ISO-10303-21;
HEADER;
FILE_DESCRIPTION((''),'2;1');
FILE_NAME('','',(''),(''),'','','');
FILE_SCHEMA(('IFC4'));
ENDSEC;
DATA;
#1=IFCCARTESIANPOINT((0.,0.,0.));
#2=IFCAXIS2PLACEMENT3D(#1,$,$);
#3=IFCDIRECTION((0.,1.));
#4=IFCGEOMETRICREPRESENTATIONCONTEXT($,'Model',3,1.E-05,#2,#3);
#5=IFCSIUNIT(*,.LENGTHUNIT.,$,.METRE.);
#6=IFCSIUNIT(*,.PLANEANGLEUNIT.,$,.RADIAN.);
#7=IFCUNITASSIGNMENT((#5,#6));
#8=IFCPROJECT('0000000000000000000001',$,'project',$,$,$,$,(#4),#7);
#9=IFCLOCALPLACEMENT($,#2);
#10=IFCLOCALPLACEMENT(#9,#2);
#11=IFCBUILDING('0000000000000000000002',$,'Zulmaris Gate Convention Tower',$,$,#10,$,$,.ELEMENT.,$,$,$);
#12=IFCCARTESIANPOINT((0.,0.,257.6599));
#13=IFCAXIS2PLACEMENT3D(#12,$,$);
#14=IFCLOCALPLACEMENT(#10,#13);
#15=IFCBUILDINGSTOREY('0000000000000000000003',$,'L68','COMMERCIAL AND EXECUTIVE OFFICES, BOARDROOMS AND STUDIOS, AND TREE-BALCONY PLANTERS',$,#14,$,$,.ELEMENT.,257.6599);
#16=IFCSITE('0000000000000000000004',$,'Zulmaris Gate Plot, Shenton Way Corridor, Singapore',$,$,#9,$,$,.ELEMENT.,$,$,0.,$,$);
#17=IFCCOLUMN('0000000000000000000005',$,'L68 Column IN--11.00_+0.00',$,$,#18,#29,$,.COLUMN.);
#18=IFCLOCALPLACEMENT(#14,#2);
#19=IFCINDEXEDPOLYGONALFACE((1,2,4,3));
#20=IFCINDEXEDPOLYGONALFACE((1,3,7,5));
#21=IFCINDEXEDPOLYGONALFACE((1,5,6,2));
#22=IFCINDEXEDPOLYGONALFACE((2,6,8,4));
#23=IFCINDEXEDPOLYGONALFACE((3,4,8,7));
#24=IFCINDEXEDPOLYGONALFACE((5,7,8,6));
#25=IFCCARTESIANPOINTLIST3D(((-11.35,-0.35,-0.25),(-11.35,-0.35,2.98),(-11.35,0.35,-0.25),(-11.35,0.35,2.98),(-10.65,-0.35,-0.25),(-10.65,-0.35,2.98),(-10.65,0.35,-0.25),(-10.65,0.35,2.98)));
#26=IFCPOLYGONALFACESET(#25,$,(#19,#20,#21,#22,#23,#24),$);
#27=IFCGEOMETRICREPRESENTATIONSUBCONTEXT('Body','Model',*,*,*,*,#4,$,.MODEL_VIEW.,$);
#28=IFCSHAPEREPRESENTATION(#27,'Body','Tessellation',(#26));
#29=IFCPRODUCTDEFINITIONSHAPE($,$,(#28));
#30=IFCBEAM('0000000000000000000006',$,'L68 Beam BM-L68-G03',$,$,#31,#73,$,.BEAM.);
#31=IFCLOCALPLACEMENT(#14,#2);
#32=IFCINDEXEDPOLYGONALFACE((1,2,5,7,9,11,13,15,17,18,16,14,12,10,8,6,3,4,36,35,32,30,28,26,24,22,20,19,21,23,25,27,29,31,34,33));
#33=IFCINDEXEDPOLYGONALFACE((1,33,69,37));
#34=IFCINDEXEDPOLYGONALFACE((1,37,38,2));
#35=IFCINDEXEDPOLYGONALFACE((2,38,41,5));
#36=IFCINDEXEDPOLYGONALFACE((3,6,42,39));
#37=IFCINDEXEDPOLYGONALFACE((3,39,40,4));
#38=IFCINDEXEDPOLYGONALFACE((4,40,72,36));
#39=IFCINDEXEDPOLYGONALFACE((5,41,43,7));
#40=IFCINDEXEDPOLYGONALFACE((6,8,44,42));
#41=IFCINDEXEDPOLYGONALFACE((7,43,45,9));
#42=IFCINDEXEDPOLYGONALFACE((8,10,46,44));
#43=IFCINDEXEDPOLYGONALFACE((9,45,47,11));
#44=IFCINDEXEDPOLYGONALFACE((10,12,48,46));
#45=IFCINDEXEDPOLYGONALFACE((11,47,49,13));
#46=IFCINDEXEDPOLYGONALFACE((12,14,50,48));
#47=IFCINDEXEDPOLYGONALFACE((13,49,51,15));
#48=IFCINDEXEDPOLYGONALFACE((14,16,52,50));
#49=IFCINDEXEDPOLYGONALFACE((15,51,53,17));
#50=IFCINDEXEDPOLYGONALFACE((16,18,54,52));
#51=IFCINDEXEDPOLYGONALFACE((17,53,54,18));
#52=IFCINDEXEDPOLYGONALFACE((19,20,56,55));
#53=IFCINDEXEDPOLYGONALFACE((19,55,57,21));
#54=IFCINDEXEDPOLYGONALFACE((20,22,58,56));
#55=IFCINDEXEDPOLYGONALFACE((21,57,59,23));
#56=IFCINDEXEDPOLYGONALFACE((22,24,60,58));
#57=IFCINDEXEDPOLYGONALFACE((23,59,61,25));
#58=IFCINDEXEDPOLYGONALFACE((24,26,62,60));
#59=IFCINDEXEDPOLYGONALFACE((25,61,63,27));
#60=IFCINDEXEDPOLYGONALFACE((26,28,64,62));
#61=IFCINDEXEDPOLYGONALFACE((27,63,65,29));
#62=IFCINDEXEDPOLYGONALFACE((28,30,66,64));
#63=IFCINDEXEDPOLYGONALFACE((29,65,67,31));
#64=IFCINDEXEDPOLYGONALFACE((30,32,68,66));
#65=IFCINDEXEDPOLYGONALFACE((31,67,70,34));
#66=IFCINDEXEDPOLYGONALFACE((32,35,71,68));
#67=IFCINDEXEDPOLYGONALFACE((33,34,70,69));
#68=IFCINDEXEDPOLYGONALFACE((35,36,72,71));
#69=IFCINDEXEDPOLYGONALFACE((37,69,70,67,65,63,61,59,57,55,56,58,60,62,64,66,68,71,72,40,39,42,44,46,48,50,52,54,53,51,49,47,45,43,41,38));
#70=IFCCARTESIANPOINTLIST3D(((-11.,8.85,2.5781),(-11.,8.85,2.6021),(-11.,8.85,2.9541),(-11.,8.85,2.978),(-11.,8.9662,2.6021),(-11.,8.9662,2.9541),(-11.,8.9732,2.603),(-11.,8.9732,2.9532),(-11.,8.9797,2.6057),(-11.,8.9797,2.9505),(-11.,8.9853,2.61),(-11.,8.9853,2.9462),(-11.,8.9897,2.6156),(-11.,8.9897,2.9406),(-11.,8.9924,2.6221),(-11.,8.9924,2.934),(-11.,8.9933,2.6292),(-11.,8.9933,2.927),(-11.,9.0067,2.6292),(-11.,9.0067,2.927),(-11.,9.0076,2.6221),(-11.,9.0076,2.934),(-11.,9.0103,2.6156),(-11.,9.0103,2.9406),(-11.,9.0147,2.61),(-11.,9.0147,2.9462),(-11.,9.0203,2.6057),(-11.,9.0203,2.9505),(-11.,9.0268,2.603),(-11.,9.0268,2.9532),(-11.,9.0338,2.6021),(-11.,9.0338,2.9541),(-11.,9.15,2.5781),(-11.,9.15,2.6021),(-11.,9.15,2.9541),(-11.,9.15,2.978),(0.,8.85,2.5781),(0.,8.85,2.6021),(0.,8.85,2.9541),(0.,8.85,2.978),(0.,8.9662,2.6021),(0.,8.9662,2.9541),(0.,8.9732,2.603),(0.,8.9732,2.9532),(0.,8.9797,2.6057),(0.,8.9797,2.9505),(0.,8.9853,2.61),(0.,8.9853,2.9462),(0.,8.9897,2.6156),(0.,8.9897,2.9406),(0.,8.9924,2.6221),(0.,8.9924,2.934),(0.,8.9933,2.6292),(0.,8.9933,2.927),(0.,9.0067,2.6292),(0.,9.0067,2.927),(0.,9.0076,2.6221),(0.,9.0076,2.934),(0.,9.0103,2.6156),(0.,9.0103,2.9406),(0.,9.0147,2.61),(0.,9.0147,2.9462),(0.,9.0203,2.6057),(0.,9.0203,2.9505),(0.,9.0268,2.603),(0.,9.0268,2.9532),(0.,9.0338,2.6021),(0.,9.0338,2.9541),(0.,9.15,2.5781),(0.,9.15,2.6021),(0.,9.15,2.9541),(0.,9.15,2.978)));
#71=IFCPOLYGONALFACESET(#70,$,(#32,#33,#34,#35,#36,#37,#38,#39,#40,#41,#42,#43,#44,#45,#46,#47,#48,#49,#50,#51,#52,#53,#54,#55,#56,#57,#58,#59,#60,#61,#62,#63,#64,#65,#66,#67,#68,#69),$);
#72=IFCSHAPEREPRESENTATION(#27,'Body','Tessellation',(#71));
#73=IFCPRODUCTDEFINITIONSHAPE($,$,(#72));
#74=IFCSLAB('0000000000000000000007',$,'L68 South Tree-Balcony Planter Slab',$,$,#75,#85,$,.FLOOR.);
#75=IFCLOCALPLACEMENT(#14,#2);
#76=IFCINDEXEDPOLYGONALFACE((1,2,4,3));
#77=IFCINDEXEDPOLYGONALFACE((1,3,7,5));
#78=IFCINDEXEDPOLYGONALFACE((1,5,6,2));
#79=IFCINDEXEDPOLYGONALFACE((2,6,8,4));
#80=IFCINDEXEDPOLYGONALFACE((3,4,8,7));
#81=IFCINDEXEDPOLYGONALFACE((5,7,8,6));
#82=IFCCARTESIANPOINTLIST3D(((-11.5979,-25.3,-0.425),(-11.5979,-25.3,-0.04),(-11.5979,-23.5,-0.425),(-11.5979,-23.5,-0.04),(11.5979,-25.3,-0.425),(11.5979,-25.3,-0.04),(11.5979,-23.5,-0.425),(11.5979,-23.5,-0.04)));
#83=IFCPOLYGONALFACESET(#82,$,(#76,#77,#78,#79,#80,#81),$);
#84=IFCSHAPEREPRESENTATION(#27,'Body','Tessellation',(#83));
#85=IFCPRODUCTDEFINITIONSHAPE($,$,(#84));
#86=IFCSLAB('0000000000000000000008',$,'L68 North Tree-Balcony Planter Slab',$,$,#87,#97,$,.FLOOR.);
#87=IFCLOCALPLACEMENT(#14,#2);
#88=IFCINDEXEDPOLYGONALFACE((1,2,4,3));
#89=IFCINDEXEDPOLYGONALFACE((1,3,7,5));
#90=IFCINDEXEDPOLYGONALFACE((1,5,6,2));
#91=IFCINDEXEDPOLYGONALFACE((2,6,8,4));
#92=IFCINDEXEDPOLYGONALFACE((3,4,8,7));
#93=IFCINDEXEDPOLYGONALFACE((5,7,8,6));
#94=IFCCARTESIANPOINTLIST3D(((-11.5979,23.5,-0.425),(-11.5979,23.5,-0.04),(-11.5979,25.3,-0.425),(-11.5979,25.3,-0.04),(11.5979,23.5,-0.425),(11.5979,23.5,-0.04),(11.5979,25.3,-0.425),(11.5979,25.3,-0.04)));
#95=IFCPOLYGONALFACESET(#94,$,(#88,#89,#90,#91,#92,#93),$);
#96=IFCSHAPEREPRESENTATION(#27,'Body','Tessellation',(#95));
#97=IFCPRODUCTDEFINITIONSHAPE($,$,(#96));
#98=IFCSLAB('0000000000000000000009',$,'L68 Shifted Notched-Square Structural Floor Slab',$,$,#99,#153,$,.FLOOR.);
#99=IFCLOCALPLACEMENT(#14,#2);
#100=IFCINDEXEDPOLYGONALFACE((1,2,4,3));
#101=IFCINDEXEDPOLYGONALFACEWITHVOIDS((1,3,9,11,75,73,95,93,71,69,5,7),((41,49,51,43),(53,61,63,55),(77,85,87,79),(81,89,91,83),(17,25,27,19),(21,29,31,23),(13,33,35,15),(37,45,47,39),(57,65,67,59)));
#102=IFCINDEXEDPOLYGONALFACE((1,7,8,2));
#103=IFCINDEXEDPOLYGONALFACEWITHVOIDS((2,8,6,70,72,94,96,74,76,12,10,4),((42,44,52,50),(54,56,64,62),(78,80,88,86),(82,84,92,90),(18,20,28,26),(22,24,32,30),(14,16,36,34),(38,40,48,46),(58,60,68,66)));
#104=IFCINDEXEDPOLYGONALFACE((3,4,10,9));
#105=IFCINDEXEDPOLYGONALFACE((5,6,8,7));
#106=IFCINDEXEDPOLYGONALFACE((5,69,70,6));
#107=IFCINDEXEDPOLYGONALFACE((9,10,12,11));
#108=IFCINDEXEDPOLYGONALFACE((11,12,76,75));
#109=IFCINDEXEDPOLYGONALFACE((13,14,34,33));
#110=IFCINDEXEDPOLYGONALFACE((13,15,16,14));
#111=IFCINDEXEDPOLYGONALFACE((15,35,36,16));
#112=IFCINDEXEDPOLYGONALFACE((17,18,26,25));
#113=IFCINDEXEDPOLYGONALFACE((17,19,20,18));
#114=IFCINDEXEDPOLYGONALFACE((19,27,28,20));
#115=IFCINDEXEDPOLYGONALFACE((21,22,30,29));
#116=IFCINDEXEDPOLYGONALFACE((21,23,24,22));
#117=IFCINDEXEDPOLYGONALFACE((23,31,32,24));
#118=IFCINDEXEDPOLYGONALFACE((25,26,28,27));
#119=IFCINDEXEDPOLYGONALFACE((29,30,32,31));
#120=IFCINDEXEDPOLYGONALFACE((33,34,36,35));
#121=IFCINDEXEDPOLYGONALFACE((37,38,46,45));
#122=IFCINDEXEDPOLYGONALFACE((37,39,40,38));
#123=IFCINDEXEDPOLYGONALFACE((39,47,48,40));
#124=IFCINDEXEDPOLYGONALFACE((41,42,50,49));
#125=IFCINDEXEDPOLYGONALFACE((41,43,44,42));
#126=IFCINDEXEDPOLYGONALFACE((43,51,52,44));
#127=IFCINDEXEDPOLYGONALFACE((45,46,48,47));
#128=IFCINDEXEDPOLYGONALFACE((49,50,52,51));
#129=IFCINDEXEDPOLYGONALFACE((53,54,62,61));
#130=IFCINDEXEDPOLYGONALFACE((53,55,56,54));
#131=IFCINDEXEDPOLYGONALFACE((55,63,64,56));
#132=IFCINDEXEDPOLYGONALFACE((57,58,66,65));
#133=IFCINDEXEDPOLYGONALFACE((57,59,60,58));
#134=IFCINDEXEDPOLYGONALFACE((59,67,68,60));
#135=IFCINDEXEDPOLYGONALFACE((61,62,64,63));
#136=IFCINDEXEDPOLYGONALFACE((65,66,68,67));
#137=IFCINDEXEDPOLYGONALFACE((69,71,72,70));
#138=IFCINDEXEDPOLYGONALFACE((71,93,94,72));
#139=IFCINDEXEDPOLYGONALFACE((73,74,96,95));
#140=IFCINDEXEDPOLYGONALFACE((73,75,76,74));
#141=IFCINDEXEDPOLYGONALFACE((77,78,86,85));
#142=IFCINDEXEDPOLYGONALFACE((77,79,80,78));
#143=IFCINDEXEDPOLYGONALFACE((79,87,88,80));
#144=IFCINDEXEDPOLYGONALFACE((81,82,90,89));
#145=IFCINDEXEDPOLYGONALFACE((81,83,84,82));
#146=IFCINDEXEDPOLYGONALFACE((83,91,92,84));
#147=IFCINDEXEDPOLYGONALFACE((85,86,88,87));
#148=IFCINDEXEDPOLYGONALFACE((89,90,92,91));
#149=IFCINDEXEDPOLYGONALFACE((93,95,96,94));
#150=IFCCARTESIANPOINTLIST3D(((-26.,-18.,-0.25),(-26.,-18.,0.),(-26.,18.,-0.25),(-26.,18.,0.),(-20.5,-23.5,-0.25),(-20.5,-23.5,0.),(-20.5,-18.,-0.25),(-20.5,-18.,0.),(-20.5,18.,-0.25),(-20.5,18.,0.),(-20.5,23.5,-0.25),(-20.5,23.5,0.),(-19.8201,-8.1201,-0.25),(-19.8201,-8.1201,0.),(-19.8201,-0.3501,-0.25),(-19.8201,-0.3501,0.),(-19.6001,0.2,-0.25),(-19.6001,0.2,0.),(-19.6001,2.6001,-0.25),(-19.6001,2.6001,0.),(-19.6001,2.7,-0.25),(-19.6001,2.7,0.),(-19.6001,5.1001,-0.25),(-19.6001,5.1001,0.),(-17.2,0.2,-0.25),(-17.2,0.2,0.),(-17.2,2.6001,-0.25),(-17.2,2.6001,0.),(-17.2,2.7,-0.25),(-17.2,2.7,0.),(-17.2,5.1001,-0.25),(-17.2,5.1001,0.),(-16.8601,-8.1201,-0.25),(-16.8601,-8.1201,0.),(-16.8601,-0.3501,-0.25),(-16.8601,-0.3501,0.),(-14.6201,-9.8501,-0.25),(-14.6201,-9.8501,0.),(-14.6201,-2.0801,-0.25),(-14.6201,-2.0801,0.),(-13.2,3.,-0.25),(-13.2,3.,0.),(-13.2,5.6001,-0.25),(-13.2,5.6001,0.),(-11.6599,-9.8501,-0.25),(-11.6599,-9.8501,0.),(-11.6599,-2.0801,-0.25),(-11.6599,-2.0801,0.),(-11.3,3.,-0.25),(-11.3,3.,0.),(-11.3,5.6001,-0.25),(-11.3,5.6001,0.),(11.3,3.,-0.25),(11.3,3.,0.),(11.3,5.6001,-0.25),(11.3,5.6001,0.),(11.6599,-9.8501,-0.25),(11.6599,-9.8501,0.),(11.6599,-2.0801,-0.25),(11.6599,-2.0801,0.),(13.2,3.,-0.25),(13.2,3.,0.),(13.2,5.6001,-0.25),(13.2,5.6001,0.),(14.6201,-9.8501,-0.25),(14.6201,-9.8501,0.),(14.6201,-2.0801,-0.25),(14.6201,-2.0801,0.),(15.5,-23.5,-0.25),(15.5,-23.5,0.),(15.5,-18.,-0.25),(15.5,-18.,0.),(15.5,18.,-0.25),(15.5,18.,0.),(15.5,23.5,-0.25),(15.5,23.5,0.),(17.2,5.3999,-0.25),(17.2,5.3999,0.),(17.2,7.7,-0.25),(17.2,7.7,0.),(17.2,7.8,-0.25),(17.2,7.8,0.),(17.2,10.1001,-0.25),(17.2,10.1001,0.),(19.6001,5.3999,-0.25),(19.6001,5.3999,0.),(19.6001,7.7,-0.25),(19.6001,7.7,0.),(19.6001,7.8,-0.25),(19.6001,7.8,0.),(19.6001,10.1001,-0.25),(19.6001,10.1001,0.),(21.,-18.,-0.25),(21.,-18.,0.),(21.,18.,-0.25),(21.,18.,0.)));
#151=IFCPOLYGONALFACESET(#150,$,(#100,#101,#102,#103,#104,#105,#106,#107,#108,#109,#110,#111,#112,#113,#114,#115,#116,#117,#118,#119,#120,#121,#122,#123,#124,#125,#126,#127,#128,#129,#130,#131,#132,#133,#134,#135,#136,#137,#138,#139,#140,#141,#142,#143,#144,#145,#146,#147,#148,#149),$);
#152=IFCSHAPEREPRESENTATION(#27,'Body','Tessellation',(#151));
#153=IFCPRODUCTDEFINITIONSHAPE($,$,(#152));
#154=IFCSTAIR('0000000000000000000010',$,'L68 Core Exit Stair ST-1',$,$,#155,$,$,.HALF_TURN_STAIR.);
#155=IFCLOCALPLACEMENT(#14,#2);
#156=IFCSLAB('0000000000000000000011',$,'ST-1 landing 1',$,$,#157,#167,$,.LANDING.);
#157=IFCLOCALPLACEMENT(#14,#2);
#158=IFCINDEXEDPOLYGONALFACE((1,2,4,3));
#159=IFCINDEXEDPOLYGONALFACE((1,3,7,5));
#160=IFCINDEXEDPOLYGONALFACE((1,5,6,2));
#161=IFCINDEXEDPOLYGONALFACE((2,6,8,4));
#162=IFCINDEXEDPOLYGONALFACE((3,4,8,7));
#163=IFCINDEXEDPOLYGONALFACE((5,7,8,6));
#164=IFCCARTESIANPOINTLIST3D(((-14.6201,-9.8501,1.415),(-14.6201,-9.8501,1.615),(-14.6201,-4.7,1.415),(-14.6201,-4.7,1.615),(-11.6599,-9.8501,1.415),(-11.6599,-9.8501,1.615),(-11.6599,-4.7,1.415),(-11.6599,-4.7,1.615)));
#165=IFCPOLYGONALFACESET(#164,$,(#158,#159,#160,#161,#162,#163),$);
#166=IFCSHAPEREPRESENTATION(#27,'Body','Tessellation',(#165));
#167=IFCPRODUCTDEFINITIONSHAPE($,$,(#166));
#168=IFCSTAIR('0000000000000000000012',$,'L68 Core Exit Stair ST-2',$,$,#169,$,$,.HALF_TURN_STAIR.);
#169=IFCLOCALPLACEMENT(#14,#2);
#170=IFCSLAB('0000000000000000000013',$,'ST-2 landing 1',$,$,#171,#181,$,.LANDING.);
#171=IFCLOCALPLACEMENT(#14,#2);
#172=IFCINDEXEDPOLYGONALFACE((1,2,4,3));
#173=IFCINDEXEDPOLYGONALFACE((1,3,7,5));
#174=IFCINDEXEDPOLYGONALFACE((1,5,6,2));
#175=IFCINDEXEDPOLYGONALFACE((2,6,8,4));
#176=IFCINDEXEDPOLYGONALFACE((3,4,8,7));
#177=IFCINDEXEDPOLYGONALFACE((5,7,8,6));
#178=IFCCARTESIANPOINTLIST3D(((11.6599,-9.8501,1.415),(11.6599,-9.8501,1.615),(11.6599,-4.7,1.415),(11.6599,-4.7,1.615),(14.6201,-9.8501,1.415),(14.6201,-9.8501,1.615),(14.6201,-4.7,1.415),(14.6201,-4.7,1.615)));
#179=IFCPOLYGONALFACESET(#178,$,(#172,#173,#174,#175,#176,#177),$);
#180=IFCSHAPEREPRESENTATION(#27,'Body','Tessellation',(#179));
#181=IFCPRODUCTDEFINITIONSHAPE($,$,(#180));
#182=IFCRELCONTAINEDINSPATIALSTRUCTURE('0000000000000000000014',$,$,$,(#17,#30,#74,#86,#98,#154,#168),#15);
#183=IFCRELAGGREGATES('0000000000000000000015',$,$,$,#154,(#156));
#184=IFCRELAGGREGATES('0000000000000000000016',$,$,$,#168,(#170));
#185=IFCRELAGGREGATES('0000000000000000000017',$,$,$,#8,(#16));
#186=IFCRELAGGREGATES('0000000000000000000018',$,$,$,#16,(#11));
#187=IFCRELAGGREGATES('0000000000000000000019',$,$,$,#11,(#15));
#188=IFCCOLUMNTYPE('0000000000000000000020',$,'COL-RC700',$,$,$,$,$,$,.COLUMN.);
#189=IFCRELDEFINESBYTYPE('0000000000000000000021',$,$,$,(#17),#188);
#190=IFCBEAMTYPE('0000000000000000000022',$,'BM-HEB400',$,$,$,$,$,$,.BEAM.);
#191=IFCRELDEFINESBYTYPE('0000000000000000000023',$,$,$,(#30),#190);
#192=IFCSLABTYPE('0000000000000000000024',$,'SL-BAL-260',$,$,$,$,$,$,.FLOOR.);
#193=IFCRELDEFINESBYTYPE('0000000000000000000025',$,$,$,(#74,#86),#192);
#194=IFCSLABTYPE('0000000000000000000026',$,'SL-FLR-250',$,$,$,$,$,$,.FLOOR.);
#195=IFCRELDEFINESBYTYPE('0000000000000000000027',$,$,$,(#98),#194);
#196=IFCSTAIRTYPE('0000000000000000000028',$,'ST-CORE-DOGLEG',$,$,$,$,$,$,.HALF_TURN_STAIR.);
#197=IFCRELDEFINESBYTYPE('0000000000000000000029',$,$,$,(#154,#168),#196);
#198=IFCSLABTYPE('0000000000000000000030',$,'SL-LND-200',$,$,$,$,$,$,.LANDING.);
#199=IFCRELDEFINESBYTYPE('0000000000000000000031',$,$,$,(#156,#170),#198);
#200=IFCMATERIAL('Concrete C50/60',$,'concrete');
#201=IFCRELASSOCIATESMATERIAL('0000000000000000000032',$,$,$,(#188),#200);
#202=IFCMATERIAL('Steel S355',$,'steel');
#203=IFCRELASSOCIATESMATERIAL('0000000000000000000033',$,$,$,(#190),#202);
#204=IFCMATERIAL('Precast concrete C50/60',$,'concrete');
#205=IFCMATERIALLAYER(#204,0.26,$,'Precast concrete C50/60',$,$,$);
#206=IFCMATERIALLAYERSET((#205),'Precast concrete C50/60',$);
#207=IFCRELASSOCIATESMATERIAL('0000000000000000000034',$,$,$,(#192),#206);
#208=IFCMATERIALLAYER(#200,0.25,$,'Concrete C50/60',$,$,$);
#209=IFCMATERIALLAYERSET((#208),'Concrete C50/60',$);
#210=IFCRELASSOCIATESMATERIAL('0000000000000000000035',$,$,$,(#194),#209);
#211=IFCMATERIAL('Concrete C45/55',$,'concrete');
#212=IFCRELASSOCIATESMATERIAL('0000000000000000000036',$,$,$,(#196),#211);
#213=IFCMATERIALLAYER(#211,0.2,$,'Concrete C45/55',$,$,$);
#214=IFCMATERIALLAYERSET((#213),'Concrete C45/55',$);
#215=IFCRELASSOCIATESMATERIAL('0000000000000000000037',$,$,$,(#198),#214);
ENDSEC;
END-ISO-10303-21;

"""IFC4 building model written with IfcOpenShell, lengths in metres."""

from ifc_helpers import new_model, si_unit, direction, frame, origin, origin_2d, place, context, subcontext, project, spatial, polyline, rectangle, i_section, outline, extrude, material, layer, layer_set, material_profile, profile_set, type_object, element, aggregate, save


model = new_model("IFC4")

# Units and contexts
model_context = context("Model", 3, precision=1e-05, world=origin(), true_north=direction((0.0, 1.0)))
body_context = subcontext(model_context, "Body", "Model", "MODEL_VIEW")
ifc_project = project(units=[si_unit("LENGTHUNIT", "METRE"), si_unit("PLANEANGLEUNIT", "RADIAN")], contexts=[model_context])

# Site, building, storey
site_placement = place(None, origin())
site = spatial("IfcSite", under=ifc_project, at=site_placement, Name="Zulmaris Gate Plot, Shenton Way Corridor, Singapore", CompositionType="ELEMENT", RefElevation=0.0)
building_placement = place(site_placement, origin())
building = spatial("IfcBuilding", under=site, at=building_placement, Name="Zulmaris Gate Convention Tower", CompositionType="ELEMENT")
storey_placement = place(building_placement, frame((0.0, 0.0, 257.6599)))
storey = spatial("IfcBuildingStorey", under=building, at=storey_placement, Name="L68", Description="COMMERCIAL AND EXECUTIVE OFFICES, BOARDROOMS AND STUDIOS, AND TREE-BALCONY PLANTERS", CompositionType="ELEMENT", Elevation=257.6599)

# Column
ifc_material_1 = material(Name="Concrete C50/60", Category="concrete")
ifc_material_profile_1 = material_profile(ifc_material_1, rectangle(XDim=0.7, YDim=0.7, at=origin_2d()), Name="RC COL 700x700")
ifc_profile_set_1 = profile_set([ifc_material_profile_1], Name="Concrete C50/60")
column_type = type_object("IfcColumnType", Name="COL-RC700", PredefinedType="COLUMN", material=ifc_profile_set_1)
column_placement = place(storey_placement, frame((-11.0, 0.0, -0.25), z_axis=(0.0, 0.0, 1.0), x_axis=(1.0, 0.0, 0.0)))
element("IfcColumn", 1, at=column_placement, inside=storey, type_object=column_type, Name="L68 Column IN--11.00_+0.00", PredefinedType="COLUMN", context=body_context, shape_type="SweptSolid", body=[
    extrude(rectangle(XDim=0.7, YDim=0.7, at=origin_2d()), origin(), (0.0, 0.0, 1.0), 3.23),
])

# Beam
ifc_material_2 = material(Name="Steel S355", Category="steel")
ifc_material_profile_2 = material_profile(ifc_material_2, i_section(OverallWidth=0.3, OverallDepth=0.3999, WebThickness=0.0134, FlangeThickness=0.0239, FilletRadius=0.0271, at=origin_2d()), Name="HEB 400")
ifc_profile_set_2 = profile_set([ifc_material_profile_2], Name="Steel S355")
beam_type = type_object("IfcBeamType", Name="BM-HEB400", PredefinedType="BEAM", material=ifc_profile_set_2)
beam_placement = place(storey_placement, frame((-11.0, 9.0, 2.7781), z_axis=(1.0, 0.0, 0.0), x_axis=(0.0, 1.0, 0.0)))
element("IfcBeam", 2, at=beam_placement, inside=storey, type_object=beam_type, Name="L68 Beam BM-L68-G03", PredefinedType="BEAM", context=body_context, shape_type="SweptSolid", body=[
    extrude(i_section(OverallWidth=0.3, OverallDepth=0.3999, WebThickness=0.0134, FlangeThickness=0.0239, FilletRadius=0.0271, at=origin_2d()), origin(), (0.0, 0.0, 1.0), 11.0),
])

# Slabs
ifc_material_3 = material(Name="Precast concrete C50/60", Category="concrete")
ifc_layer_1 = layer(ifc_material_3, 0.26, Name="Precast concrete C50/60")
ifc_layer_set_1 = layer_set([ifc_layer_1], Name="Precast concrete C50/60")
slab_type_1 = type_object("IfcSlabType", Name="SL-BAL-260", PredefinedType="FLOOR", material=ifc_layer_set_1)
slab_1_placement = place(storey_placement, frame((0.0, 0.0, -0.425)))
element("IfcSlab", 3, at=slab_1_placement, inside=storey, type_object=slab_type_1, Name="L68 South Tree-Balcony Planter Slab", PredefinedType="FLOOR", context=body_context, shape_type="SweptSolid", body=[
    extrude(outline(polyline([(-11.5979, -25.3), (-11.5979, -23.5), (11.5979, -23.5), (11.5979, -25.3), (-11.5979, -25.3)])), origin(), (0.0, 0.0, 1.0), 0.385),
])
slab_2_placement = place(storey_placement, frame((0.0, 0.0, -0.425)))
element("IfcSlab", 4, at=slab_2_placement, inside=storey, type_object=slab_type_1, Name="L68 North Tree-Balcony Planter Slab", PredefinedType="FLOOR", context=body_context, shape_type="SweptSolid", body=[
    extrude(outline(polyline([(11.5979, 25.3), (11.5979, 23.5), (-11.5979, 23.5), (-11.5979, 25.3), (11.5979, 25.3)])), origin(), (0.0, 0.0, 1.0), 0.385),
])
ifc_layer_2 = layer(ifc_material_1, 0.25, Name="Concrete C50/60")
ifc_layer_set_2 = layer_set([ifc_layer_2], Name="Concrete C50/60")
slab_type_2 = type_object("IfcSlabType", Name="SL-FLR-250", PredefinedType="FLOOR", material=ifc_layer_set_2)
slab_3_placement = place(storey_placement, frame((0.0, 0.0, -0.25)))
element("IfcSlab", 5, at=slab_3_placement, inside=storey, type_object=slab_type_2, Name="L68 Shifted Notched-Square Structural Floor Slab", PredefinedType="FLOOR", context=body_context, shape_type="SweptSolid", body=[
    extrude(outline(polyline([(-20.5, -23.5), (15.5, -23.5), (15.5, -18.0), (21.0, -18.0), (21.0, 18.0), (15.5, 18.0), (15.5, 23.5), (-20.5, 23.5), (-20.5, 18.0), (-26.0, 18.0), (-26.0, -18.0), (-20.5, -18.0), (-20.5, -23.5)]), holes=[polyline([(-14.6201, -2.0801), (-14.6201, -9.8501), (-11.6599, -9.8501), (-11.6599, -2.0801), (-14.6201, -2.0801)]), polyline([(11.6599, -2.0801), (11.6599, -9.8501), (14.6201, -9.8501), (14.6201, -2.0801), (11.6599, -2.0801)]), polyline([(-16.8601, -8.1201), (-16.8601, -0.3501), (-19.8201, -0.3501), (-19.8201, -8.1201), (-16.8601, -8.1201)]), polyline([(-13.2, 3.0), (-11.3, 3.0), (-11.3, 5.6001), (-13.2, 5.6001), (-13.2, 3.0)]), polyline([(11.3, 3.0), (13.2, 3.0), (13.2, 5.6001), (11.3, 5.6001), (11.3, 3.0)]), polyline([(17.2, 5.3999), (19.6001, 5.3999), (19.6001, 7.7), (17.2, 7.7), (17.2, 5.3999)]), polyline([(17.2, 7.8), (19.6001, 7.8), (19.6001, 10.1001), (17.2, 10.1001), (17.2, 7.8)]), polyline([(-19.6001, 0.2), (-17.2, 0.2), (-17.2, 2.6001), (-19.6001, 2.6001), (-19.6001, 0.2)]), polyline([(-19.6001, 2.7), (-17.2, 2.7), (-17.2, 5.1001), (-19.6001, 5.1001), (-19.6001, 2.7)])]), origin(), (0.0, 0.0, 1.0), 0.25),
])

# Stairs, slabs
ifc_material_4 = material(Name="Concrete C45/55", Category="concrete")
stair_type = type_object("IfcStairType", Name="ST-CORE-DOGLEG", PredefinedType="HALF_TURN_STAIR", material=ifc_material_4)
stair_1_placement = place(storey_placement, origin())
stair_1 = element("IfcStair", 6, at=stair_1_placement, inside=storey, type_object=stair_type, Name="L68 Core Exit Stair ST-1", PredefinedType="HALF_TURN_STAIR")
ifc_layer_3 = layer(ifc_material_4, 0.2, Name="Concrete C45/55")
ifc_layer_set_3 = layer_set([ifc_layer_3], Name="Concrete C45/55")
slab_type_3 = type_object("IfcSlabType", Name="SL-LND-200", PredefinedType="LANDING", material=ifc_layer_set_3)
slab_4_placement = place(storey_placement, frame((0.0, 0.0, 1.415)))
slab_4 = element("IfcSlab", 7, at=slab_4_placement, type_object=slab_type_3, Name="ST-1 landing 1", PredefinedType="LANDING", context=body_context, shape_type="SweptSolid", body=[
    extrude(outline(polyline([(-14.6201, -4.7), (-14.6201, -9.8501), (-11.6599, -9.8501), (-11.6599, -4.7), (-14.6201, -4.7)])), origin(), (0.0, 0.0, 1.0), 0.2),
])
aggregate(stair_1, [slab_4])
stair_2_placement = place(storey_placement, origin())
stair_2 = element("IfcStair", 8, at=stair_2_placement, inside=storey, type_object=stair_type, Name="L68 Core Exit Stair ST-2", PredefinedType="HALF_TURN_STAIR")
slab_5_placement = place(storey_placement, frame((0.0, 0.0, 1.415)))
slab_5 = element("IfcSlab", 9, at=slab_5_placement, type_object=slab_type_3, Name="ST-2 landing 1", PredefinedType="LANDING", context=body_context, shape_type="SweptSolid", body=[
    extrude(outline(polyline([(11.6599, -4.7), (11.6599, -9.8501), (14.6201, -9.8501), (14.6201, -4.7), (11.6599, -4.7)])), origin(), (0.0, 0.0, 1.0), 0.2),
])
aggregate(stair_2, [slab_5])

save(model, "model.ifc")
